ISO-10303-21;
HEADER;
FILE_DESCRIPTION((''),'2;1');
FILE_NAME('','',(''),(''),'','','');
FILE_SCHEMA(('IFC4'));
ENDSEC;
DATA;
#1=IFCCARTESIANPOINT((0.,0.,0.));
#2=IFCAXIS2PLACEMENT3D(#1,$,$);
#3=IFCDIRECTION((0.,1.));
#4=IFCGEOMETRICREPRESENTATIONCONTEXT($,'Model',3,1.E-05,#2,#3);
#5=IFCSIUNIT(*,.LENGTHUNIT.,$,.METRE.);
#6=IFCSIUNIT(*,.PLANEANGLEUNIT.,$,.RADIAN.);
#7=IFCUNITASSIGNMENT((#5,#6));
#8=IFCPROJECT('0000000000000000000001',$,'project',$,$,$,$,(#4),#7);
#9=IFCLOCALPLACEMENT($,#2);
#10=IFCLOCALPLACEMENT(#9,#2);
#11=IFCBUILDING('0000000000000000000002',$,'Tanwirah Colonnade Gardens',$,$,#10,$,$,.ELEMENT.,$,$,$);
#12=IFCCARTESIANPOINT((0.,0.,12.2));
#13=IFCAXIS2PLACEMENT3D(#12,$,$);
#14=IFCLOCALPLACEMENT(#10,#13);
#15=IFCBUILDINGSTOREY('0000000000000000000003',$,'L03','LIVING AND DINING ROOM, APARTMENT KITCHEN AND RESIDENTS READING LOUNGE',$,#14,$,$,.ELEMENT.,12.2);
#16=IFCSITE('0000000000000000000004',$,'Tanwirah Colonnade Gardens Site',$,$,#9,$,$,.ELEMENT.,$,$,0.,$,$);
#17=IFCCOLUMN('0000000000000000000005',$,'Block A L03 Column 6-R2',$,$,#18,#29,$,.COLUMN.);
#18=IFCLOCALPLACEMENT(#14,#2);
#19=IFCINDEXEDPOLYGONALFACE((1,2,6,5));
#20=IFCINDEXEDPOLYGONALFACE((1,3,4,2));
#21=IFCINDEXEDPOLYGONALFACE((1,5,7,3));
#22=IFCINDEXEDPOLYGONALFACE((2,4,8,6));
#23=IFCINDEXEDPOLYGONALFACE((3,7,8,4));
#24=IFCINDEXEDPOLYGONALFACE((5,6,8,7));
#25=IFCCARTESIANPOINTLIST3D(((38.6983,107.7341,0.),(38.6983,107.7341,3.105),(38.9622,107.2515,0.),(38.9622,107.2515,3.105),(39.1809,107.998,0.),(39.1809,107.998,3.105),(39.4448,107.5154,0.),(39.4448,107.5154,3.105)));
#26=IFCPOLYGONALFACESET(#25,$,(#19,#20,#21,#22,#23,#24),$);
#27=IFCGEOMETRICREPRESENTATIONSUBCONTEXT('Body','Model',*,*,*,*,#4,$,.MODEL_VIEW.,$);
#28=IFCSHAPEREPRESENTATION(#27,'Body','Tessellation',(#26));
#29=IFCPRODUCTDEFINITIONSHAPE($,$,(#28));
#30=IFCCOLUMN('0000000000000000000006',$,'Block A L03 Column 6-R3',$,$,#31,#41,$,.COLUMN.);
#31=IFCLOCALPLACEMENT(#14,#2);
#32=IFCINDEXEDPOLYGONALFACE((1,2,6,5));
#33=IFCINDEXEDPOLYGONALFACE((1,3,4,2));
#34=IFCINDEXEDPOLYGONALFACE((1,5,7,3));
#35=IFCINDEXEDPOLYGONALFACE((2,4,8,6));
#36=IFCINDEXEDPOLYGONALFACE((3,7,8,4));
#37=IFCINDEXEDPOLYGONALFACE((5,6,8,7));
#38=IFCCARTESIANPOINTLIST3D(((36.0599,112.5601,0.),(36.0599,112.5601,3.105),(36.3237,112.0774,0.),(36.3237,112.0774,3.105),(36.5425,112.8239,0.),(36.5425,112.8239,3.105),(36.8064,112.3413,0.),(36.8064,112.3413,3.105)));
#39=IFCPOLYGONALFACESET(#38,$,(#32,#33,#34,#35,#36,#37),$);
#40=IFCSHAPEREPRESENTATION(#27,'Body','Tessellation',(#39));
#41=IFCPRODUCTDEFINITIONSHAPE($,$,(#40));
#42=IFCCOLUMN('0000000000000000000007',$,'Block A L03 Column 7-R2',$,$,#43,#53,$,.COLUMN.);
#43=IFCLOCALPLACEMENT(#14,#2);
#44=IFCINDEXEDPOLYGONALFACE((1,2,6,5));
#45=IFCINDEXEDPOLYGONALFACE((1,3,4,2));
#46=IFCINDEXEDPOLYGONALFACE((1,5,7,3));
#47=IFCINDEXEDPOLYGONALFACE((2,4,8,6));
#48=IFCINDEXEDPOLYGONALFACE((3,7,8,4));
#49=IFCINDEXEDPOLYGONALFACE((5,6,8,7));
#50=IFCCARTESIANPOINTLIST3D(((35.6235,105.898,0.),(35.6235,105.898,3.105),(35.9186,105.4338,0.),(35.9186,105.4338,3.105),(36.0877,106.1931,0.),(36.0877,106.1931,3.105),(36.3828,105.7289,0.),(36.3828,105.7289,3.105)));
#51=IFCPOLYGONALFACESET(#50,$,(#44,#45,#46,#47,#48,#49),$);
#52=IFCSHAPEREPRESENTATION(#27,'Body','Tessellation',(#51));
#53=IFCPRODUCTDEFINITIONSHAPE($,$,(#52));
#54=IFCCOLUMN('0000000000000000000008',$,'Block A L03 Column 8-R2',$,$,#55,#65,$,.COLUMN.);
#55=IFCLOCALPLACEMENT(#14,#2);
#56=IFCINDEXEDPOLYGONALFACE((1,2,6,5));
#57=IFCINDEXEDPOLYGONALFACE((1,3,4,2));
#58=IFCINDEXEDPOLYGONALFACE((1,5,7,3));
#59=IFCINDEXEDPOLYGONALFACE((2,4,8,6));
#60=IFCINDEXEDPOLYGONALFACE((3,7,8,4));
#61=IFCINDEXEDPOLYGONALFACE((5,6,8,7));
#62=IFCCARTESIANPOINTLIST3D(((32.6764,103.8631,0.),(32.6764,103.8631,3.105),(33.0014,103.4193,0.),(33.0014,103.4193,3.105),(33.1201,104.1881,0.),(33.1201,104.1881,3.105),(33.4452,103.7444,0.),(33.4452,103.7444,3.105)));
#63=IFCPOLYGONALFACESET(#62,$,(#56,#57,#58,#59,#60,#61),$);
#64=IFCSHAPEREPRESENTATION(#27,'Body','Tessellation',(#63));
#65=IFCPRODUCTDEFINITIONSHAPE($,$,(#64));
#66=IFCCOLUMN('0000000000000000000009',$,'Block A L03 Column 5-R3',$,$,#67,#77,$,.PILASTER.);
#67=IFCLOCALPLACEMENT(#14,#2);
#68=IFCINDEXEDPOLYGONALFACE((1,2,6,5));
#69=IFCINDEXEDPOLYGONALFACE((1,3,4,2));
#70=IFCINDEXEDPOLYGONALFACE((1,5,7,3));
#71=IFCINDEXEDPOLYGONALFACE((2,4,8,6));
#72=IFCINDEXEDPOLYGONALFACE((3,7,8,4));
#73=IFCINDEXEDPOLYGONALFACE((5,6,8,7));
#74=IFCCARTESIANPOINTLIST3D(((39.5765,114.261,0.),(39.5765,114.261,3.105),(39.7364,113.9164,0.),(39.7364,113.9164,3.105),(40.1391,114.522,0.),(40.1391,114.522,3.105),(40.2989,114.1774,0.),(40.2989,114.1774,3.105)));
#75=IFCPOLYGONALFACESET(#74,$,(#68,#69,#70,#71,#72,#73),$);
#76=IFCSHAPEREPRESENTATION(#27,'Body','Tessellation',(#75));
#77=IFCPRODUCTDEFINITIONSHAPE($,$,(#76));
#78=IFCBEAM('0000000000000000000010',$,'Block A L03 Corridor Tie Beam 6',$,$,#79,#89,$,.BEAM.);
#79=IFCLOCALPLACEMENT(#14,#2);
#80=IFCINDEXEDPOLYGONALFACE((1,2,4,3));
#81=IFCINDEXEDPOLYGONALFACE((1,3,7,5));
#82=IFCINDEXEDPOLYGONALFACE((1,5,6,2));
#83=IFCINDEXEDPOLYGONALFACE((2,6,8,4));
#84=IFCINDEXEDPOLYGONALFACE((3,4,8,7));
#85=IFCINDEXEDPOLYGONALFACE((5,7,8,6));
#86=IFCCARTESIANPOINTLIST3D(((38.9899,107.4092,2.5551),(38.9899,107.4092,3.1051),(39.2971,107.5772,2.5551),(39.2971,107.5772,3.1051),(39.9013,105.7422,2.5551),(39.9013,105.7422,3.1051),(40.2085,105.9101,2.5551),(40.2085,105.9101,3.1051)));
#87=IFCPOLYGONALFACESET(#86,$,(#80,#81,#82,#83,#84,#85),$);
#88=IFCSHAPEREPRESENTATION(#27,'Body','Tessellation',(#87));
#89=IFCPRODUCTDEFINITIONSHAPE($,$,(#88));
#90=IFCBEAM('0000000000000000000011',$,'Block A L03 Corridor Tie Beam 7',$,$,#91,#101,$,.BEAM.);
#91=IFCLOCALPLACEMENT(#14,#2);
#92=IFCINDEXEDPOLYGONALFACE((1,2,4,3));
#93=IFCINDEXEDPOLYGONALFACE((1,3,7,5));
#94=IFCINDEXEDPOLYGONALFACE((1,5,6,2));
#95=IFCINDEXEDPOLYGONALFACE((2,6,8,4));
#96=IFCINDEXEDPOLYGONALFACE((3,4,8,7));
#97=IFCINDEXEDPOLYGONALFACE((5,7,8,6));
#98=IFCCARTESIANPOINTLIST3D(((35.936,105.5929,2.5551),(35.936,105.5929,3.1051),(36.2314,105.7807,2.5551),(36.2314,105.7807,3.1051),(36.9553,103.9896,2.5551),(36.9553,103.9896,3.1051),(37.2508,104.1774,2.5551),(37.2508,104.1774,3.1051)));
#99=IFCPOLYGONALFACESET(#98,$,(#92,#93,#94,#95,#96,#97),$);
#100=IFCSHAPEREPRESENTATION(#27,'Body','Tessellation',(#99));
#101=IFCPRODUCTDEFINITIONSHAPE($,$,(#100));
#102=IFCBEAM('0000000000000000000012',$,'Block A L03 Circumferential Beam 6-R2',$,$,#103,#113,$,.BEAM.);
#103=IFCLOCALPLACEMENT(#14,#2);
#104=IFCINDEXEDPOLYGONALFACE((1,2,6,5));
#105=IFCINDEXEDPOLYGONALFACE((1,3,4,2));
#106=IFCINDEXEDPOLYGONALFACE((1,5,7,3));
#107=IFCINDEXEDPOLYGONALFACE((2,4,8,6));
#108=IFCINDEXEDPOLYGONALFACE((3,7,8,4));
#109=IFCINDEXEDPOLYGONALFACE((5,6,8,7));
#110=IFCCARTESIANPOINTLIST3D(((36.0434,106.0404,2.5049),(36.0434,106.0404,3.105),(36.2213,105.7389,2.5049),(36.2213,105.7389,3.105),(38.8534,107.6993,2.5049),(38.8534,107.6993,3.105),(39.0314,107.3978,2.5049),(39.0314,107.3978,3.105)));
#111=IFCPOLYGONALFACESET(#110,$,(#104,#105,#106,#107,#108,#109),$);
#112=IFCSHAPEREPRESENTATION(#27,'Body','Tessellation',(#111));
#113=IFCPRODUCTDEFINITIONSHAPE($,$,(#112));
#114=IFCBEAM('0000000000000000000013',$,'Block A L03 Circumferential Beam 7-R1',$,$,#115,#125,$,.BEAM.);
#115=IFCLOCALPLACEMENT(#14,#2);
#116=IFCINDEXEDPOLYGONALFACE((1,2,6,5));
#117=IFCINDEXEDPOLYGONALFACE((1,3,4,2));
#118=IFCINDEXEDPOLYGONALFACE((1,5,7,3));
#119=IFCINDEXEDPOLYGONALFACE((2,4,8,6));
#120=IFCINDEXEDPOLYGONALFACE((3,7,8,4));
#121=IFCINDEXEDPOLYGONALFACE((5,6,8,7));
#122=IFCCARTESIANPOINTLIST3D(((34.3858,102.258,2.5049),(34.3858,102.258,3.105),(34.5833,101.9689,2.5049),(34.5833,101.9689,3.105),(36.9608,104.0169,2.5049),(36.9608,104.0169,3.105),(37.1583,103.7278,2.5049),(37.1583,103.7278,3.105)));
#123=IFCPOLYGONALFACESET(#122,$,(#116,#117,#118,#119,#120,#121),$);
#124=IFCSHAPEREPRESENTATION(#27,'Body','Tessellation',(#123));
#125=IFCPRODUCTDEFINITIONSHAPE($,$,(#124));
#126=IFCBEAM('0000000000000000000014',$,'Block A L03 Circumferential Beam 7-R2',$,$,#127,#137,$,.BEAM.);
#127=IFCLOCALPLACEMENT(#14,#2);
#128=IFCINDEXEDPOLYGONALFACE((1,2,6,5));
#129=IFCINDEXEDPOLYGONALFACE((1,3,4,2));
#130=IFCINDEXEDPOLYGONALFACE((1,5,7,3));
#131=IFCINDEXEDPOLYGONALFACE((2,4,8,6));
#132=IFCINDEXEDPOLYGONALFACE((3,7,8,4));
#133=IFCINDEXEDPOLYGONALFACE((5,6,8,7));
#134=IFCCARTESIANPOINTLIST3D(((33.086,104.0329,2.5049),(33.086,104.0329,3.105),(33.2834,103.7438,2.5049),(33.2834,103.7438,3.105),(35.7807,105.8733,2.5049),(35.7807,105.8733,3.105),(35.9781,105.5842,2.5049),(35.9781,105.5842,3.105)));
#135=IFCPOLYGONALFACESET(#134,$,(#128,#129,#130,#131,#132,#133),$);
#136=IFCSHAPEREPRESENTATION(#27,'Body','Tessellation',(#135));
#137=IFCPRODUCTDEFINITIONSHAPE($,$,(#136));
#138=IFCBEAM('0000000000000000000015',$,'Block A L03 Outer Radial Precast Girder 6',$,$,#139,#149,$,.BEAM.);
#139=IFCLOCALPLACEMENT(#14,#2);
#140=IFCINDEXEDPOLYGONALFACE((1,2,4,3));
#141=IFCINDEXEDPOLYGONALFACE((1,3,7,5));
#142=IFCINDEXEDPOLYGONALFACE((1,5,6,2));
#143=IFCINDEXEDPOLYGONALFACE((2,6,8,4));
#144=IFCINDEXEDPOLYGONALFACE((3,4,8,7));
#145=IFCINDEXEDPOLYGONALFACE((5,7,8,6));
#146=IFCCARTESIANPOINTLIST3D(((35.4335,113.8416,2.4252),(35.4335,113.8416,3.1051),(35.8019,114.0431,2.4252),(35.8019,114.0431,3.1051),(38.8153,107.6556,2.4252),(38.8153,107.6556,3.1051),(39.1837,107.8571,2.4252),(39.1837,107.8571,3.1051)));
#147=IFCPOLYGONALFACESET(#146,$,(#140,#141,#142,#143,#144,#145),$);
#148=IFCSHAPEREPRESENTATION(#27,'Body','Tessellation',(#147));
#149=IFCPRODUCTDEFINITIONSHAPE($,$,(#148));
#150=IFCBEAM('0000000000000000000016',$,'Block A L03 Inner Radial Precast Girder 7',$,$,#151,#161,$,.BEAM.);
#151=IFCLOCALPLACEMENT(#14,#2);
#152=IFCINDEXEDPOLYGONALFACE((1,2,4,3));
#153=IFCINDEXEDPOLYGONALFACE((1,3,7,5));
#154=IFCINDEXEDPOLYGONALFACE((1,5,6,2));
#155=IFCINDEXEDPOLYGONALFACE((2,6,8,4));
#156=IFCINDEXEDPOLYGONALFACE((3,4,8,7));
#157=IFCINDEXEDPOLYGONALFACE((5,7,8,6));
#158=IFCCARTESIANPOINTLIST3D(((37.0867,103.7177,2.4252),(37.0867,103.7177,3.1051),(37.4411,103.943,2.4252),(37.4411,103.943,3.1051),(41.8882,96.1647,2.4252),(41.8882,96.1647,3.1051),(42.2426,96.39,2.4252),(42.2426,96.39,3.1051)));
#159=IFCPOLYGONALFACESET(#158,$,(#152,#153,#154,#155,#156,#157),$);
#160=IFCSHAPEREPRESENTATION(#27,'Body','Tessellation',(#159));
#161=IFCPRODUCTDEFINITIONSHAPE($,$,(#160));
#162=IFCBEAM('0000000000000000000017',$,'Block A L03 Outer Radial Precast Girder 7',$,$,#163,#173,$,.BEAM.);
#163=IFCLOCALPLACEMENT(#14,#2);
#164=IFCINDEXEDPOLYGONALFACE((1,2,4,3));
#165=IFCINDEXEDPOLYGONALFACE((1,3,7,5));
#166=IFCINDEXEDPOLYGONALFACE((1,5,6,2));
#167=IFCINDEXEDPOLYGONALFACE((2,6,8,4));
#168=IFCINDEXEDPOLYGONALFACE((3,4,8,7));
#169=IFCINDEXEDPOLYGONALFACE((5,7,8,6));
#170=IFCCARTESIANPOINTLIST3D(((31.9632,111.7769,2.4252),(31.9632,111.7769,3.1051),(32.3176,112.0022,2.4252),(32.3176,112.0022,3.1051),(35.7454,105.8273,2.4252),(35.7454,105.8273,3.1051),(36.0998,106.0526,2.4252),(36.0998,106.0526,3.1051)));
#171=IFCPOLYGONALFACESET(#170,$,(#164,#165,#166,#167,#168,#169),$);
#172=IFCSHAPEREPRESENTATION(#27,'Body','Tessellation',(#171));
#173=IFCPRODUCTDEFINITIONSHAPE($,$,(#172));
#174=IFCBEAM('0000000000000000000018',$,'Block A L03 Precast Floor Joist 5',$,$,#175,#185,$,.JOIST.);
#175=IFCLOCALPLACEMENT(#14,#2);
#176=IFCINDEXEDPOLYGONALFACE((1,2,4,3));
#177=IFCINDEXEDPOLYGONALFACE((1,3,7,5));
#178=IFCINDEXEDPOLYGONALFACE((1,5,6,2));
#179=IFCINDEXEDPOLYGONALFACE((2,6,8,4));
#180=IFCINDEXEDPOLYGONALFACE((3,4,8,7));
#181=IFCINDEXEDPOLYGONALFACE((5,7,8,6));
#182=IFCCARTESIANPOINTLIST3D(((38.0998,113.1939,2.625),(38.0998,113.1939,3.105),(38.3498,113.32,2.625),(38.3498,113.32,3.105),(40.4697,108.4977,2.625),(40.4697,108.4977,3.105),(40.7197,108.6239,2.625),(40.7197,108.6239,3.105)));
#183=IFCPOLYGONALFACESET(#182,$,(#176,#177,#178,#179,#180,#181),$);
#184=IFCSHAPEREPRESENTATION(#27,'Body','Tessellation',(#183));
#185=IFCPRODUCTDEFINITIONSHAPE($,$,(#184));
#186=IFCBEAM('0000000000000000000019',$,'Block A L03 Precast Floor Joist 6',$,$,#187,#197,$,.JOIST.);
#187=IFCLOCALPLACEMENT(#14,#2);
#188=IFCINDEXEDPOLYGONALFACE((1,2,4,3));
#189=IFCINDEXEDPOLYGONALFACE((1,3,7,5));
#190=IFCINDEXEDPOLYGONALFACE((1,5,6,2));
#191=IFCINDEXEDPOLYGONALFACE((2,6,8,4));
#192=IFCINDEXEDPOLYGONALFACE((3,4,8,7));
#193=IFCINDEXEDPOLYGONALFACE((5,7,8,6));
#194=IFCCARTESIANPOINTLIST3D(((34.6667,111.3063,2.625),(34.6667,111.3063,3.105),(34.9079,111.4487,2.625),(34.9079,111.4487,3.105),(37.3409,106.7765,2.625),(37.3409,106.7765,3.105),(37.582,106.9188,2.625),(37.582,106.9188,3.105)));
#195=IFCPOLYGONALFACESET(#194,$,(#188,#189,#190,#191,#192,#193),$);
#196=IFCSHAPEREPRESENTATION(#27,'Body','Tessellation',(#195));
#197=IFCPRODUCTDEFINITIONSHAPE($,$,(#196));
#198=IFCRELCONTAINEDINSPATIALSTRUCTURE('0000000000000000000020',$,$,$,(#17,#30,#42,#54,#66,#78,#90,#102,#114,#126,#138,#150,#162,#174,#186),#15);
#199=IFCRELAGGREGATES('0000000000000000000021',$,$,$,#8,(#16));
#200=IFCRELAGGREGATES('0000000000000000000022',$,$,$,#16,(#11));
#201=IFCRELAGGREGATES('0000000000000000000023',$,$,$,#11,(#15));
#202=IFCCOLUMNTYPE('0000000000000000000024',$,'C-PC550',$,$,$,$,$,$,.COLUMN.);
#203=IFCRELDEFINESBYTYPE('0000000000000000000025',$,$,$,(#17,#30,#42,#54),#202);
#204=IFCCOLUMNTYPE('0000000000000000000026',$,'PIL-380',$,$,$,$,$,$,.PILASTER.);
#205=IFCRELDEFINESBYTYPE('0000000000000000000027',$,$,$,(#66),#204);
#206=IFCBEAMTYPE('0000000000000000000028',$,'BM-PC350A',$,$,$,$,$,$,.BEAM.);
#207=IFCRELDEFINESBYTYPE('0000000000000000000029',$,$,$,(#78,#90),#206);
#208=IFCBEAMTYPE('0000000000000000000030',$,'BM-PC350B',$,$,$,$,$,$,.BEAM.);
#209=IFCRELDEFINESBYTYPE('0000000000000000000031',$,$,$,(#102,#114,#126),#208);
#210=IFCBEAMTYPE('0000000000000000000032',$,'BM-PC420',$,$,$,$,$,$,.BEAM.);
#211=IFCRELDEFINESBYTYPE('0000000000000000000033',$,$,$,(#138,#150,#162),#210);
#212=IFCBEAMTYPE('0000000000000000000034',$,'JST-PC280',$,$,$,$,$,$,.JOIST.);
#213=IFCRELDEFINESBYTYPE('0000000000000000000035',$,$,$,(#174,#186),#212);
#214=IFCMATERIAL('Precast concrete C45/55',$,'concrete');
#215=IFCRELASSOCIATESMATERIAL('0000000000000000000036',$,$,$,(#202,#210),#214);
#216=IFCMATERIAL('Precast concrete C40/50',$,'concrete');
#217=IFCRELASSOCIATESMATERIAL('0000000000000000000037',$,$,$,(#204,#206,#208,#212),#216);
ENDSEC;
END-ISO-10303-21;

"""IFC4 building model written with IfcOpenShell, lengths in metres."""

from ifc_helpers import new_model, si_unit, direction, frame, origin, origin_2d, place, context, subcontext, project, spatial, rectangle, extrude, material, material_profile, profile_set, type_object, element, save


model = new_model("IFC4")

# Units and contexts
model_context = context("Model", 3, precision=1e-05, world=origin(), true_north=direction((0.0, 1.0)))
body_context = subcontext(model_context, "Body", "Model", "MODEL_VIEW")
ifc_project = project(units=[si_unit("LENGTHUNIT", "METRE"), si_unit("PLANEANGLEUNIT", "RADIAN")], contexts=[model_context])

# Site, building, storey
site_placement = place(None, origin())
site = spatial("IfcSite", under=ifc_project, at=site_placement, Name="Tanwirah Colonnade Gardens Site", CompositionType="ELEMENT", RefElevation=0.0)
building_placement = place(site_placement, origin())
building = spatial("IfcBuilding", under=site, at=building_placement, Name="Tanwirah Colonnade Gardens", CompositionType="ELEMENT")
storey_placement = place(building_placement, frame((0.0, 0.0, 12.2)))
storey = spatial("IfcBuildingStorey", under=building, at=storey_placement, Name="L03", Description="LIVING AND DINING ROOM, APARTMENT KITCHEN AND RESIDENTS READING LOUNGE", CompositionType="ELEMENT", Elevation=12.2)

# Columns
ifc_material_1 = material(Name="Precast concrete C45/55", Category="concrete")
ifc_material_profile_1 = material_profile(ifc_material_1, rectangle(XDim=0.55, YDim=0.55, at=origin_2d()), Name="PC-COL 550x550")
ifc_profile_set_1 = profile_set([ifc_material_profile_1], Name="Precast concrete C45/55")
column_type_1 = type_object("IfcColumnType", Name="C-PC550", PredefinedType="COLUMN", material=ifc_profile_set_1)
for number, where, z_axis, x_axis, name in (
    (1, (39.0715, 107.6248, 0.0), (0.0, 0.0, 1.0), (-0.479713, 0.877425, 0.0), "Block A L03 Column 6-R2"),
    (2, (36.4331, 112.4507, 0.0), (0.0, 0.0, 1.0), (-0.479713, 0.877425, 0.0), "Block A L03 Column 6-R3"),
    (3, (36.0032, 105.8135, 0.0), (0.0, 0.0, 1.0), (-0.536482, 0.843912, 0.0), "Block A L03 Column 7-R2"),
    (4, (33.0608, 103.8037, 0.0), (0.0, 0.0, 1.0), (-0.590919, 0.806731, 0.0), "Block A L03 Column 8-R2"),
):
    element("IfcColumn", number, at=place(storey_placement, frame(where, z_axis=z_axis, x_axis=x_axis)), inside=storey, type_object=column_type_1, Name=name, PredefinedType="COLUMN", context=body_context, shape_type="SweptSolid", body=[
        extrude(rectangle(XDim=0.55, YDim=0.55, at=origin_2d()), origin(), (0.0, 0.0, 1.0), 3.105),
    ])
ifc_material_2 = material(Name="Precast concrete C40/50", Category="concrete")
ifc_material_profile_2 = material_profile(ifc_material_2, rectangle(XDim=0.3799, YDim=0.6201, at=origin_2d()), Name="PC-PIL 380x620")
ifc_profile_set_2 = profile_set([ifc_material_profile_2], Name="Precast concrete C40/50")
column_type_2 = type_object("IfcColumnType", Name="PIL-380", PredefinedType="PILASTER", material=ifc_profile_set_2)
column_placement = place(storey_placement, frame((39.9377, 114.2192, 0.0), z_axis=(0.0, 0.0, 1.0), x_axis=(-0.42086, 0.907126, 0.0)))
element("IfcColumn", 5, at=column_placement, inside=storey, type_object=column_type_2, Name="Block A L03 Column 5-R3", PredefinedType="PILASTER", context=body_context, shape_type="SweptSolid", body=[
    extrude(rectangle(XDim=0.3799, YDim=0.6201, at=origin_2d()), origin(), (0.0, 0.0, 1.0), 3.105),
])

# Beams
ifc_material_profile_3 = material_profile(ifc_material_2, rectangle(XDim=0.3501, YDim=0.55, at=origin_2d()), Name="PC-BM 350x550")
ifc_profile_set_3 = profile_set([ifc_material_profile_3], Name="Precast concrete C40/50")
beam_type_1 = type_object("IfcBeamType", Name="BM-PC350A", PredefinedType="BEAM", material=ifc_profile_set_3)
for number, where, z_axis, x_axis, name in (
    (6, (40.0549, 105.8262, 2.8301), (-0.479707, 0.877429, 0.0), (-0.877429, -0.479707, 0.0), "Block A L03 Corridor Tie Beam 6"),
    (7, (37.103, 104.0835, 2.8301), (-0.53651, 0.843894, 0.0), (-0.843894, -0.53651, 0.0), "Block A L03 Corridor Tie Beam 7"),
):
    element("IfcBeam", number, at=place(storey_placement, frame(where, z_axis=z_axis, x_axis=x_axis)), inside=storey, type_object=beam_type_1, Name=name, PredefinedType="BEAM", context=body_context, shape_type="SweptSolid", body=[
        extrude(rectangle(XDim=0.3501, YDim=0.55, at=origin_2d()), origin(), (0.0, 0.0, 1.0), 1.8999),
    ])
ifc_material_profile_4 = material_profile(ifc_material_2, rectangle(XDim=0.3501, YDim=0.6001, at=origin_2d()), Name="PC-BM 350x600")
ifc_profile_set_4 = profile_set([ifc_material_profile_4], Name="Precast concrete C40/50")
beam_type_2 = type_object("IfcBeamType", Name="BM-PC350B", PredefinedType="BEAM", material=ifc_profile_set_4)
beam_1_placement = place(storey_placement, frame((38.9424, 107.5486, 2.8049), z_axis=(-0.861135, -0.508376, 0.0), x_axis=(0.508376, -0.861135, 0.0)))
element("IfcBeam", 8, at=beam_1_placement, inside=storey, type_object=beam_type_2, Name="Block A L03 Circumferential Beam 6-R2", PredefinedType="BEAM", context=body_context, shape_type="SweptSolid", body=[
    extrude(rectangle(XDim=0.3501, YDim=0.6001, at=origin_2d()), origin(), (0.0, 0.0, 1.0), 3.2632),
])
beam_2_placement = place(storey_placement, frame((37.0596, 103.8723, 2.8049), z_axis=(-0.825758, -0.564024, 0.0), x_axis=(0.564024, -0.825758, 0.0)))
element("IfcBeam", 9, at=beam_2_placement, inside=storey, type_object=beam_type_2, Name="Block A L03 Circumferential Beam 7-R1", PredefinedType="BEAM", context=body_context, shape_type="SweptSolid", body=[
    extrude(rectangle(XDim=0.3501, YDim=0.6001, at=origin_2d()), origin(), (0.0, 0.0, 1.0), 3.1184),
])
beam_3_placement = place(storey_placement, frame((35.8794, 105.7288, 2.8049), z_axis=(-0.825782, -0.563989, 0.0), x_axis=(0.563989, -0.825782, 0.0)))
element("IfcBeam", 10, at=beam_3_placement, inside=storey, type_object=beam_type_2, Name="Block A L03 Circumferential Beam 7-R2", PredefinedType="BEAM", context=body_context, shape_type="SweptSolid", body=[
    extrude(rectangle(XDim=0.3501, YDim=0.6001, at=origin_2d()), origin(), (0.0, 0.0, 1.0), 3.2632),
])
ifc_material_profile_5 = material_profile(ifc_material_1, rectangle(XDim=0.4199, YDim=0.6799, at=origin_2d()), Name="PC-BM 420x680")
ifc_profile_set_5 = profile_set([ifc_material_profile_5], Name="Precast concrete C45/55")
beam_type_3 = type_object("IfcBeamType", Name="BM-PC420", PredefinedType="BEAM", material=ifc_profile_set_5)
beam_4_placement = place(storey_placement, frame((38.9995, 107.7563, 2.7651), z_axis=(-0.479687, 0.87744, 0.0), x_axis=(-0.87744, -0.479687, 0.0)))
element("IfcBeam", 11, at=beam_4_placement, inside=storey, type_object=beam_type_3, Name="Block A L03 Outer Radial Precast Girder 6", PredefinedType="BEAM", context=body_context, shape_type="SweptSolid", body=[
    extrude(rectangle(XDim=0.4199, YDim=0.6799, at=origin_2d()), origin(), (0.0, 0.0, 1.0), 7.05),
])
beam_5_placement = place(storey_placement, frame((37.2639, 103.8303, 2.7651), z_axis=(0.536484, -0.843911, 0.0), x_axis=(0.843911, 0.536484, 0.0)))
element("IfcBeam", 12, at=beam_5_placement, inside=storey, type_object=beam_type_3, Name="Block A L03 Inner Radial Precast Girder 7", PredefinedType="BEAM", context=body_context, shape_type="SweptSolid", body=[
    extrude(rectangle(XDim=0.4199, YDim=0.6799, at=origin_2d()), origin(), (0.0, 0.0, 1.0), 8.95),
])
beam_6_placement = place(storey_placement, frame((35.9226, 105.9399, 2.7651), z_axis=(-0.536477, 0.843915, 0.0), x_axis=(-0.843915, -0.536477, 0.0)))
element("IfcBeam", 13, at=beam_6_placement, inside=storey, type_object=beam_type_3, Name="Block A L03 Outer Radial Precast Girder 7", PredefinedType="BEAM", context=body_context, shape_type="SweptSolid", body=[
    extrude(rectangle(XDim=0.4199, YDim=0.6799, at=origin_2d()), origin(), (0.0, 0.0, 1.0), 7.05),
])
ifc_material_profile_6 = material_profile(ifc_material_2, rectangle(XDim=0.28, YDim=0.48, at=origin_2d()), Name="PC-JST 280x480")
ifc_profile_set_6 = profile_set([ifc_material_profile_6], Name="Precast concrete C40/50")
beam_type_4 = type_object("IfcBeamType", Name="JST-PC280", PredefinedType="JOIST", material=ifc_profile_set_6)
for number, where, z_axis, x_axis, name in (
    (14, (40.5947, 108.5608, 2.865), (-0.450534, 0.892759, 0.0), (-0.892759, -0.450534, 0.0), "Block A L03 Precast Floor Joist 5"),
    (15, (37.4614, 106.8477, 2.865), (-0.50836, 0.861145, 0.0), (-0.861145, -0.50836, 0.0), "Block A L03 Precast Floor Joist 6"),
):
    element("IfcBeam", number, at=place(storey_placement, frame(where, z_axis=z_axis, x_axis=x_axis)), inside=storey, type_object=beam_type_4, Name=name, PredefinedType="JOIST", context=body_context, shape_type="SweptSolid", body=[
        extrude(rectangle(XDim=0.28, YDim=0.48, at=origin_2d()), origin(), (0.0, 0.0, 1.0), 5.2603),
    ])

save(model, "model.ifc")
